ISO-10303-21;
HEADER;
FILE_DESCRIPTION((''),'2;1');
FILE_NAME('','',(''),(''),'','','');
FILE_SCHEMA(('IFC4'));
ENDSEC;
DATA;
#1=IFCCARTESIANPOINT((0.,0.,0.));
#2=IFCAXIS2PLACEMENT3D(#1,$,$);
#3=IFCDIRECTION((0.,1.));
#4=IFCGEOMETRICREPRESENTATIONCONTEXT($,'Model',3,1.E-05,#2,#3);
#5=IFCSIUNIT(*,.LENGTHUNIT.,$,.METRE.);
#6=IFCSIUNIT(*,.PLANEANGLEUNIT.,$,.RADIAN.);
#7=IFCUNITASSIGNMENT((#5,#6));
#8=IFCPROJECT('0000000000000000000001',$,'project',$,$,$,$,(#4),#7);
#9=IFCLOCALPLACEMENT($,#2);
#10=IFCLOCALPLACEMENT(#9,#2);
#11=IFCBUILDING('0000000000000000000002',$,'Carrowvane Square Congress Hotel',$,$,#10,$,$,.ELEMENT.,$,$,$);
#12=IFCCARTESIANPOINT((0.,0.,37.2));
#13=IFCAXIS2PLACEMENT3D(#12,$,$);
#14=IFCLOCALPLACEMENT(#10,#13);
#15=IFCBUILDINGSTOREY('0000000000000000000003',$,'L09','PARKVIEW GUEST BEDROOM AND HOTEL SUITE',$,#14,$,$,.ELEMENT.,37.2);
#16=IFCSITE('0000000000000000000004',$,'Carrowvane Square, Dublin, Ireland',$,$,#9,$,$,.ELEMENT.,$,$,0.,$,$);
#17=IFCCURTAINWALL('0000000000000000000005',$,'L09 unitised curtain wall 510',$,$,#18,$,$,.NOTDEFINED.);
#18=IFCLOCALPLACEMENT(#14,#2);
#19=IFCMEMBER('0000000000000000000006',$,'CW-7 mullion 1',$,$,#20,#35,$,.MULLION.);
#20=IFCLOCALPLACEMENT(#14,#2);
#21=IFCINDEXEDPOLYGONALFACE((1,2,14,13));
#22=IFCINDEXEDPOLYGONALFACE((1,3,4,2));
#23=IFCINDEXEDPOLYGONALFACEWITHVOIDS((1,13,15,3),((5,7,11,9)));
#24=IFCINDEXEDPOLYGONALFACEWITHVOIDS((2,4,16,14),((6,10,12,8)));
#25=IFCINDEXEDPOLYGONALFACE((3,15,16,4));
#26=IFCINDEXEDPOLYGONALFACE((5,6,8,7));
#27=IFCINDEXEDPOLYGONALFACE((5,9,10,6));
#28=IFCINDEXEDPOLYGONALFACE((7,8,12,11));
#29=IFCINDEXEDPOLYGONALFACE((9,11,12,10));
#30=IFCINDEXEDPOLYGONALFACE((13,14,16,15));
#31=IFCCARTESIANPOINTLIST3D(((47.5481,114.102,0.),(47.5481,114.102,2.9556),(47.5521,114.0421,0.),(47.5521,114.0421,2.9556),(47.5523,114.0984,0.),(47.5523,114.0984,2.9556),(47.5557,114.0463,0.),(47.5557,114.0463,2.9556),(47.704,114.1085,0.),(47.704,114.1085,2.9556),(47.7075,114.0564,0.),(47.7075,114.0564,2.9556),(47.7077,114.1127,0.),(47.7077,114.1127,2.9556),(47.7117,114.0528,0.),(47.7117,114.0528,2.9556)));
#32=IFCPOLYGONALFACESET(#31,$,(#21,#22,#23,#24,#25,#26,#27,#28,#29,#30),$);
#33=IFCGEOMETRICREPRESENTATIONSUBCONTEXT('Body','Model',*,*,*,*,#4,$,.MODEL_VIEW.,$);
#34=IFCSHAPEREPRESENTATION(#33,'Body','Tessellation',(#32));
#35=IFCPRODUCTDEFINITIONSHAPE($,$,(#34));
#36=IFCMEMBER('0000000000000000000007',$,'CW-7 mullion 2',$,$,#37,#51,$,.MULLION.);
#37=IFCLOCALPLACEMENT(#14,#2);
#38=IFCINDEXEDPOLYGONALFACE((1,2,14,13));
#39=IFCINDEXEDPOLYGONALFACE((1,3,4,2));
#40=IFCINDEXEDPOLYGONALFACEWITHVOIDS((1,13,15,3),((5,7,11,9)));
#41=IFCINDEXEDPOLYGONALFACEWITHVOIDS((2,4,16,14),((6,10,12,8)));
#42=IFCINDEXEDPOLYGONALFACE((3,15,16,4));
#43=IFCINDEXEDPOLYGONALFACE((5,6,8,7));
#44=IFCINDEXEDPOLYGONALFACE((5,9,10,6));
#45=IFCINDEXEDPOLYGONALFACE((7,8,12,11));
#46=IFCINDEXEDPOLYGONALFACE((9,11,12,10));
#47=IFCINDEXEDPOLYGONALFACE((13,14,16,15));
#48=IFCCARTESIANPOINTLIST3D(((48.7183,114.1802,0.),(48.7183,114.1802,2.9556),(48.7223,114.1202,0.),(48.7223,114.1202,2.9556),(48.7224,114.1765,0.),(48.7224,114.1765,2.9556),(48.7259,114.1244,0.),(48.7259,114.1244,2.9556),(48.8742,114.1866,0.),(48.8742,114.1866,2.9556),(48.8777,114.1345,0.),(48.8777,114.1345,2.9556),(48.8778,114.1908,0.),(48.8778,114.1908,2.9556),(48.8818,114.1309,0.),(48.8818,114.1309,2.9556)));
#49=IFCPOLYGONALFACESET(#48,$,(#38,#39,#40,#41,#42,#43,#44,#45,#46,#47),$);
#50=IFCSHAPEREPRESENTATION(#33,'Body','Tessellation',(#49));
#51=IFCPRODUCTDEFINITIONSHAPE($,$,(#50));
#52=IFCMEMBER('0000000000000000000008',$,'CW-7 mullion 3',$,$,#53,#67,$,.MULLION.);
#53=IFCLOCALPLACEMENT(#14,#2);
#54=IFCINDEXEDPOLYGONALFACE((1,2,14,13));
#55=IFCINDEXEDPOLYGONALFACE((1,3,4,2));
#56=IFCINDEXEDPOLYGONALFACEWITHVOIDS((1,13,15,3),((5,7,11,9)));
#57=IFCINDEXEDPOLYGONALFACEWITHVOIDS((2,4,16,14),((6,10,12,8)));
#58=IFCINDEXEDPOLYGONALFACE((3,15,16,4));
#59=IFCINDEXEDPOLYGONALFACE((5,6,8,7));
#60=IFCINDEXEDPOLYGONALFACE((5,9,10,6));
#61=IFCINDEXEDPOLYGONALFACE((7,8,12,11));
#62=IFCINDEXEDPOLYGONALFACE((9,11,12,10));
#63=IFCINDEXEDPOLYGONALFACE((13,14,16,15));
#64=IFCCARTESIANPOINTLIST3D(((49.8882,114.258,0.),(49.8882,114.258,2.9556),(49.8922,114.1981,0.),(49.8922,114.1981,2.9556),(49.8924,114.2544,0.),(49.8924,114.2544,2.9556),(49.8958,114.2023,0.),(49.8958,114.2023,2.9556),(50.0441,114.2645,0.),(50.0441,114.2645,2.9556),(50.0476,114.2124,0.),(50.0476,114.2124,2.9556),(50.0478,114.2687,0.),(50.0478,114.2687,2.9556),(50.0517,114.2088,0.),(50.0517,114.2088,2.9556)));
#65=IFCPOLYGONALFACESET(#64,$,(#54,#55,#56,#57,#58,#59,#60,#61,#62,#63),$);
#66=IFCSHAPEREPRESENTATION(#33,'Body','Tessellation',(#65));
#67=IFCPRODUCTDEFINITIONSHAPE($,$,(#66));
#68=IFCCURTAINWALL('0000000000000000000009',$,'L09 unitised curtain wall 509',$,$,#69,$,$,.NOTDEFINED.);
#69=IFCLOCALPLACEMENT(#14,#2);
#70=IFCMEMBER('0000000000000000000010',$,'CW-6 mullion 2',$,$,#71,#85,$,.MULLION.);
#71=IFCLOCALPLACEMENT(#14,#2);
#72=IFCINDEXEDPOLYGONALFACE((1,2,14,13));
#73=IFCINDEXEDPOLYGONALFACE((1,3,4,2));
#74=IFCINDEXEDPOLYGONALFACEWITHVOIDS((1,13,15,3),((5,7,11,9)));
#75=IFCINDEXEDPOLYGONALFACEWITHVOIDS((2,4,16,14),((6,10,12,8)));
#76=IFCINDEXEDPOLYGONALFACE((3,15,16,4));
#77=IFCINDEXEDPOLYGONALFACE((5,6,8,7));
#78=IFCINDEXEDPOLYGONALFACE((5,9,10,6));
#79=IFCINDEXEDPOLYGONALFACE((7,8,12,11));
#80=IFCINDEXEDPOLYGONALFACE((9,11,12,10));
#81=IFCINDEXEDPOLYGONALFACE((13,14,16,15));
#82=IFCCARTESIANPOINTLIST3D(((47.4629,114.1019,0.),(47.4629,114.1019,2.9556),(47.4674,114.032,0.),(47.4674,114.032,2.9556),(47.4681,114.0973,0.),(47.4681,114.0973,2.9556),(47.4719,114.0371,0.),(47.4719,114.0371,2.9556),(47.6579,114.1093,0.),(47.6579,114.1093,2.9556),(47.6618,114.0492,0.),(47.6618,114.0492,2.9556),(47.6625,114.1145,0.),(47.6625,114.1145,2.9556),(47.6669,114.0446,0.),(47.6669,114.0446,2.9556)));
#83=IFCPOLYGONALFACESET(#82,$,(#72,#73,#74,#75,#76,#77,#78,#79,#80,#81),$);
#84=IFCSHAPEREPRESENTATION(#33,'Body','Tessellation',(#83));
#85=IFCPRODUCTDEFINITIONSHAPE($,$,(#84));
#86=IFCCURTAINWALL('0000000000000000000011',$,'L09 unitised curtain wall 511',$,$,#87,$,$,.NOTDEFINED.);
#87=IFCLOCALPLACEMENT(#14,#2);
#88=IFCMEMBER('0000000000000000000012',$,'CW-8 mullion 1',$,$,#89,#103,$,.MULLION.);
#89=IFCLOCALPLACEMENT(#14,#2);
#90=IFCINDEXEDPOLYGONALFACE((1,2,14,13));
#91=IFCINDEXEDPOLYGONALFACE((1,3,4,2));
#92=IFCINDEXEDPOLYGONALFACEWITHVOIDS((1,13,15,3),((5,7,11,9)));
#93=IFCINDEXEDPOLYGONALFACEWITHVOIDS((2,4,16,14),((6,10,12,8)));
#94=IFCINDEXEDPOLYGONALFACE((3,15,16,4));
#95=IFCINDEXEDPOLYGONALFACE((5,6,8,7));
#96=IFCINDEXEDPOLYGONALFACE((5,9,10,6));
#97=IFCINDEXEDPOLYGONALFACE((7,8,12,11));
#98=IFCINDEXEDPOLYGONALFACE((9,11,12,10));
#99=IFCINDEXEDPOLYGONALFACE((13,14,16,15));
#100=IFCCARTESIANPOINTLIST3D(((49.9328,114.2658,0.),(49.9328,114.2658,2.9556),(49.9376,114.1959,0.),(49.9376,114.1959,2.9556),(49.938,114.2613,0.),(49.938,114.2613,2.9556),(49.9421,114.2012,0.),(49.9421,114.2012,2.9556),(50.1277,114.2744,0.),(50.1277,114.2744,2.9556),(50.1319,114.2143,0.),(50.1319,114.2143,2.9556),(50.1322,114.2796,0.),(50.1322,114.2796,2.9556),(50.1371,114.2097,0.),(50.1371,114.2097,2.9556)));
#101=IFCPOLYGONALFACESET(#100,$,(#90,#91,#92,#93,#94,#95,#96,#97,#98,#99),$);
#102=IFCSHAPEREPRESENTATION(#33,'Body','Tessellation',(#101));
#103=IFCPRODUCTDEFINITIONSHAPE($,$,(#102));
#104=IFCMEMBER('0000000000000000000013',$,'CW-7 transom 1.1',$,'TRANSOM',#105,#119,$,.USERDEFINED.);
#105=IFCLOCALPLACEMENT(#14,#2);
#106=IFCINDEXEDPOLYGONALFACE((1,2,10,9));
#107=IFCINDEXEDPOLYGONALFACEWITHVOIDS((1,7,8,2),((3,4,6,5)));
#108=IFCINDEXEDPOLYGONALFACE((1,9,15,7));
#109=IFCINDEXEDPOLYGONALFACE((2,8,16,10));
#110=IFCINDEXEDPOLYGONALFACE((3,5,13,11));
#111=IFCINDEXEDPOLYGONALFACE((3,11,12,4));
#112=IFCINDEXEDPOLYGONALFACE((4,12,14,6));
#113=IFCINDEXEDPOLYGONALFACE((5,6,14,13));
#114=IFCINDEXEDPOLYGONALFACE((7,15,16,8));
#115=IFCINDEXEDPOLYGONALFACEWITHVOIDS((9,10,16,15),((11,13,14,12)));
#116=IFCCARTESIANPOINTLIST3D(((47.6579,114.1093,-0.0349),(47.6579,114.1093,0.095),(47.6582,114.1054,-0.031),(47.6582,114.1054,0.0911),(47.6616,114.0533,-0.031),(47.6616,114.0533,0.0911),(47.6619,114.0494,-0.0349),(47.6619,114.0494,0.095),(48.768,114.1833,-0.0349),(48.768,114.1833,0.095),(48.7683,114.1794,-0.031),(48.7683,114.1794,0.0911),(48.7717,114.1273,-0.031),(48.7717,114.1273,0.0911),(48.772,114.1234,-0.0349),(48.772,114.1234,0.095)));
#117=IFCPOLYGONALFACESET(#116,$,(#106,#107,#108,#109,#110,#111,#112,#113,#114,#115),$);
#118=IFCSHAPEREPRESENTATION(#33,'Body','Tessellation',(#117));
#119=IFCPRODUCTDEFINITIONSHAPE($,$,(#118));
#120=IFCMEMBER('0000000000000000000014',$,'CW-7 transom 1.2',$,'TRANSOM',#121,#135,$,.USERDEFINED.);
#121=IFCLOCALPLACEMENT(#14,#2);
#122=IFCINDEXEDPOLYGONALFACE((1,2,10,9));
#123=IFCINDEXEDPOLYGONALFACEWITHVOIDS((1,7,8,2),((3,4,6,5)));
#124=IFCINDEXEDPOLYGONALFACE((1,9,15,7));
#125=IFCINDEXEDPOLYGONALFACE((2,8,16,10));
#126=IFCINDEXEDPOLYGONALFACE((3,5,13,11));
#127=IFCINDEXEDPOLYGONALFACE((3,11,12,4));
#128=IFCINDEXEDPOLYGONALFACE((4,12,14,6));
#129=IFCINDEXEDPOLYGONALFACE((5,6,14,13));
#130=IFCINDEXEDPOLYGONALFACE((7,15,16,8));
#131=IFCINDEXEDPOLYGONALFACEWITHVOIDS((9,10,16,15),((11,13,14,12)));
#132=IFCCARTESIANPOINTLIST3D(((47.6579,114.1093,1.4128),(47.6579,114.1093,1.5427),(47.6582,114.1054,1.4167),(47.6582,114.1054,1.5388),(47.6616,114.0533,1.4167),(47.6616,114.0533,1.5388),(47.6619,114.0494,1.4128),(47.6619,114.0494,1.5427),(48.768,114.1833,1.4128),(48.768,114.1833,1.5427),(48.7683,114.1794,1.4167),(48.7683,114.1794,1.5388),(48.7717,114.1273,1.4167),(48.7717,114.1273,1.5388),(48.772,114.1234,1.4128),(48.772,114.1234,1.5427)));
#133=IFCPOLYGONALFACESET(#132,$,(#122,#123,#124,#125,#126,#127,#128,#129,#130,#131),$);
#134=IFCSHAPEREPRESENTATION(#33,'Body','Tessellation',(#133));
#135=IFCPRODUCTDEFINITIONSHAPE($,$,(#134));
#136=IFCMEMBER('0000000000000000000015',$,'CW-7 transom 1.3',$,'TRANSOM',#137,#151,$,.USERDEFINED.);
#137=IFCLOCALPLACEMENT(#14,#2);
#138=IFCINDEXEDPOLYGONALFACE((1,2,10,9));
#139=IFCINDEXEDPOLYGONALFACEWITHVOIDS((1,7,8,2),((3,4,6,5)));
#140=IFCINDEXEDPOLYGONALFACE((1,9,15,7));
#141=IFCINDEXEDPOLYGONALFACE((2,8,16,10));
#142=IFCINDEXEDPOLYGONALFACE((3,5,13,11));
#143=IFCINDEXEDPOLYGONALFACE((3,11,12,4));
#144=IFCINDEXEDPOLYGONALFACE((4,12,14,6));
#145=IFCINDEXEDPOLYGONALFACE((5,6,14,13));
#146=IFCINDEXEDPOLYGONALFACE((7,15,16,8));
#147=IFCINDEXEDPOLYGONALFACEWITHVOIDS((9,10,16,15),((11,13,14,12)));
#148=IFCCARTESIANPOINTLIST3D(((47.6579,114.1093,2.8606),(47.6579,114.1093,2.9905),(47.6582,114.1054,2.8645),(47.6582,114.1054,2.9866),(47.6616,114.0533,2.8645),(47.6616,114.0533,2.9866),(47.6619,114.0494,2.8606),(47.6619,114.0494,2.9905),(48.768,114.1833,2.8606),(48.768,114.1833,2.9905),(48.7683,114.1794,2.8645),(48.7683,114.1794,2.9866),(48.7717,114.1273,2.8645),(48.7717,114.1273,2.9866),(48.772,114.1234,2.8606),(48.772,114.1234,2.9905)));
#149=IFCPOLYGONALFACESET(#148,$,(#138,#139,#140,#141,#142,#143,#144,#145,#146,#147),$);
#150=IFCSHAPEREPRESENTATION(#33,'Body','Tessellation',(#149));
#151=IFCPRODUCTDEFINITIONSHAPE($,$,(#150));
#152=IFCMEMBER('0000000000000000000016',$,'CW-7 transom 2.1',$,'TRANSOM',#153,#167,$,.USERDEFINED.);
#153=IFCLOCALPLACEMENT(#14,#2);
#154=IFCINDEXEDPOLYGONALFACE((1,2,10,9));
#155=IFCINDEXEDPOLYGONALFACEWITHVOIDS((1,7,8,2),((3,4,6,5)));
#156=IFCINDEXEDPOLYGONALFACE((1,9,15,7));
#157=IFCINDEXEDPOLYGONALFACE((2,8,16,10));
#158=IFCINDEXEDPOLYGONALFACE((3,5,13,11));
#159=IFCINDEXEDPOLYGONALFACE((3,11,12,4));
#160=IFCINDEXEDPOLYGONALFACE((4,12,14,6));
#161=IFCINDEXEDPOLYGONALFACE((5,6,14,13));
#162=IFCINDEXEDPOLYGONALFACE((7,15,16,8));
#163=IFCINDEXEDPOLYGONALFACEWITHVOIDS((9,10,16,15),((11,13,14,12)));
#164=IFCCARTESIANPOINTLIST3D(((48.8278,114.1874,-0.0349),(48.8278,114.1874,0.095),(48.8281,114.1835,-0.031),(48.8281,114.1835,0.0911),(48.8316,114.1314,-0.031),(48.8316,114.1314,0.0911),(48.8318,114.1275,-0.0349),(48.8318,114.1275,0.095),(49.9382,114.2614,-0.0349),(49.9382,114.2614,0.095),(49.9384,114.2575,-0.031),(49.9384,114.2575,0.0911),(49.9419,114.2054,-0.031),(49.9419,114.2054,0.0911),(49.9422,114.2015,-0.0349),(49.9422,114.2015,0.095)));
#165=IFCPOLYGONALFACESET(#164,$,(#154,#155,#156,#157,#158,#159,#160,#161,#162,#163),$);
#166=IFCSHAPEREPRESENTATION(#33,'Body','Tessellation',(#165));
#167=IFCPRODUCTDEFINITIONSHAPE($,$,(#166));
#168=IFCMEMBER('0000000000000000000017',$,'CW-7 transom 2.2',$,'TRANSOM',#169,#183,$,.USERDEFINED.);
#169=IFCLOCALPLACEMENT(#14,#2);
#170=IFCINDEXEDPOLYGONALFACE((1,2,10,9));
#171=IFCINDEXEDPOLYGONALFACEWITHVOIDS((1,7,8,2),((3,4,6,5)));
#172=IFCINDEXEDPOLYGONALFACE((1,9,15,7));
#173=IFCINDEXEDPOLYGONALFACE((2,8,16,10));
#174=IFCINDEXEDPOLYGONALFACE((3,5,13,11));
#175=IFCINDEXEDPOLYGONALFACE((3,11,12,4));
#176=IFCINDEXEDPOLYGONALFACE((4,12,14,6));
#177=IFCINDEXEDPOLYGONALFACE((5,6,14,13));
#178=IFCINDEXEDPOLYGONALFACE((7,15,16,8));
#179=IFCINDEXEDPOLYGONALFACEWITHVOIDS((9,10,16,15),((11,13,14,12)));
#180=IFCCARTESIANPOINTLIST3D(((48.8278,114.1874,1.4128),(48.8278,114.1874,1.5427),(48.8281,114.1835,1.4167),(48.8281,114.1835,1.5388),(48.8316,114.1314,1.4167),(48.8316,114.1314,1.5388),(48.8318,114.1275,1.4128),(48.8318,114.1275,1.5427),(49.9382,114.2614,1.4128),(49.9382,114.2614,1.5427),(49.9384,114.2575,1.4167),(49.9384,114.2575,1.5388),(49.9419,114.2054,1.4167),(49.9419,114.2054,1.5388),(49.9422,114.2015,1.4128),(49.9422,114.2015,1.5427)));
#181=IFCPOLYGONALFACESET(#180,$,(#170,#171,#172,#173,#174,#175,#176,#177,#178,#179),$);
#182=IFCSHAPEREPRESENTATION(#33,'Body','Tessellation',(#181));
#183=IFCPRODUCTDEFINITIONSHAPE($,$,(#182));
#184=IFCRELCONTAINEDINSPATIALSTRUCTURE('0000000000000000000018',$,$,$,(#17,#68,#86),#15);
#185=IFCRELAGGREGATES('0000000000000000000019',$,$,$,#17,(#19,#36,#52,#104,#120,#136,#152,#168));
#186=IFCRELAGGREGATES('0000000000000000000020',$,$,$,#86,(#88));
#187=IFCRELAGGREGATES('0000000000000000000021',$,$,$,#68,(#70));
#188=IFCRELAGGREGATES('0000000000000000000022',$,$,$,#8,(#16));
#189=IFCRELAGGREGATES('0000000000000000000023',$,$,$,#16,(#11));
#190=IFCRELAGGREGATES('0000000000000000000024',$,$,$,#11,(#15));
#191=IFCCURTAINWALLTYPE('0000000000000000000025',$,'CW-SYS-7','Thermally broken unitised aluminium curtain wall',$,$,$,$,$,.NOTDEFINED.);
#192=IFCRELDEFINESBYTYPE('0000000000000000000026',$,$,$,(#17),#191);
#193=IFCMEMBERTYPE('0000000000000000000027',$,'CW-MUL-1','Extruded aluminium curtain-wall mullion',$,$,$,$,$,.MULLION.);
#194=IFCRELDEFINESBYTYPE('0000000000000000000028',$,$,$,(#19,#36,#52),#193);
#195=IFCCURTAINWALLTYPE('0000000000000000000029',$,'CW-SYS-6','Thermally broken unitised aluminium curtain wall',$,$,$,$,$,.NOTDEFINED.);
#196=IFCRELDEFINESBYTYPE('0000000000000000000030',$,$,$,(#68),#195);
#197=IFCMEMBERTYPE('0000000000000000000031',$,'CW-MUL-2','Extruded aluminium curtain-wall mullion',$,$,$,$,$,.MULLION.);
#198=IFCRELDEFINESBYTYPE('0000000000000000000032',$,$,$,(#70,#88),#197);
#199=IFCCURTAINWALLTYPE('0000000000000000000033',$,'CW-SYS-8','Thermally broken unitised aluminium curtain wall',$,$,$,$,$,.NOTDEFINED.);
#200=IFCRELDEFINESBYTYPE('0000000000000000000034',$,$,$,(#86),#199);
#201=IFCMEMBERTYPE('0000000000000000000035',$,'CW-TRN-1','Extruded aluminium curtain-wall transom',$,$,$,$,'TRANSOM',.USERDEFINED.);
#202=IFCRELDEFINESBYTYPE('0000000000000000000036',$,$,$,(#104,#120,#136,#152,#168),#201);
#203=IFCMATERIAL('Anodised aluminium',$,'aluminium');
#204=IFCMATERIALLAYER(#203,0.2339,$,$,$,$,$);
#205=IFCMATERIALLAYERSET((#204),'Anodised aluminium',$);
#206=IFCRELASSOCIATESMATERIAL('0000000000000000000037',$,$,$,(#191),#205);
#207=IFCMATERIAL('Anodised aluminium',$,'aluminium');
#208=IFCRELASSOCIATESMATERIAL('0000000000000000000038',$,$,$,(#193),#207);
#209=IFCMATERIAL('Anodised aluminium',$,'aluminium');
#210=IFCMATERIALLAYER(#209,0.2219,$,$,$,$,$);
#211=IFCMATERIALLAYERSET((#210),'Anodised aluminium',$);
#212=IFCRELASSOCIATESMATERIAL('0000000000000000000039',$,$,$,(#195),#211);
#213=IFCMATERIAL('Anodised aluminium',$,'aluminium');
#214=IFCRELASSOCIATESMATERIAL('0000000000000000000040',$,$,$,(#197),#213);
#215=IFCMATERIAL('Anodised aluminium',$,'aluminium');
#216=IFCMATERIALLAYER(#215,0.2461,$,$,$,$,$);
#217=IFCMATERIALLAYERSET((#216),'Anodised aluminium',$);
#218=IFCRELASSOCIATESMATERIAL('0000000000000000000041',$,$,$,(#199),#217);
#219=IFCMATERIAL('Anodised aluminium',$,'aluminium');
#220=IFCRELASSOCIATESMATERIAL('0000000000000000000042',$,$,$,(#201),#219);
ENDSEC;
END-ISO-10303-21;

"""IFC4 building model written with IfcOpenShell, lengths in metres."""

from ifc_helpers import new_model, si_unit, direction, frame, origin, origin_2d, place, context, subcontext, project, spatial, hollow_rectangle, extrude, material, layer, layer_set, material_profile, profile_set, type_object, element, aggregate, save


model = new_model("IFC4")

# Units and contexts
model_context = context("Model", 3, precision=1e-05, world=origin(), true_north=direction((0.0, 1.0)))
body_context = subcontext(model_context, "Body", "Model", "MODEL_VIEW")
ifc_project = project(units=[si_unit("LENGTHUNIT", "METRE"), si_unit("PLANEANGLEUNIT", "RADIAN")], contexts=[model_context])

# Site, building, storey
site_placement = place(None, origin())
site = spatial("IfcSite", under=ifc_project, at=site_placement, Name="Carrowvane Square, Dublin, Ireland", CompositionType="ELEMENT", RefElevation=0.0)
building_placement = place(site_placement, origin())
building = spatial("IfcBuilding", under=site, at=building_placement, Name="Carrowvane Square Congress Hotel", CompositionType="ELEMENT")
storey_placement = place(building_placement, frame((0.0, 0.0, 37.2)))
storey = spatial("IfcBuildingStorey", under=building, at=storey_placement, Name="L09", Description="PARKVIEW GUEST BEDROOM AND HOTEL SUITE", CompositionType="ELEMENT", Elevation=37.2)

# Curtain wall, members
ifc_material_1 = material(Name="Anodised aluminium", Category="aluminium")
ifc_layer_1 = layer(ifc_material_1, 0.2339)
ifc_layer_set_1 = layer_set([ifc_layer_1], Name="Anodised aluminium")
curtain_wall_type_1 = type_object("IfcCurtainWallType", Name="CW-SYS-7", Description="Thermally broken unitised aluminium curtain wall", PredefinedType="NOTDEFINED", material=ifc_layer_set_1)
curtain_wall_1_placement = place(storey_placement, origin())
curtain_wall_1 = element("IfcCurtainWall", 1, at=curtain_wall_1_placement, inside=storey, type_object=curtain_wall_type_1, Name="L09 unitised curtain wall 510", PredefinedType="NOTDEFINED")
ifc_material_2 = material(Name="Anodised aluminium", Category="aluminium")
ifc_material_profile_1 = material_profile(ifc_material_2, hollow_rectangle(XDim=0.0601, YDim=0.1599, WallThickness=0.0039, at=origin_2d()), Name="CW-ML 60x160x4")
ifc_profile_set_1 = profile_set([ifc_material_profile_1], Name="Anodised aluminium")
member_type_1 = type_object("IfcMemberType", Name="CW-MUL-1", Description="Extruded aluminium curtain-wall mullion", PredefinedType="MULLION", material=ifc_profile_set_1)
member_1_placement = place(storey_placement, frame((47.6299, 114.0774, 0.0), z_axis=(0.0, 0.0, 1.0), x_axis=(-0.066578, 0.997781, 0.0)))
member_1 = element("IfcMember", 2, at=member_1_placement, type_object=member_type_1, Name="CW-7 mullion 1", PredefinedType="MULLION", context=body_context, shape_type="SweptSolid", body=[
    extrude(hollow_rectangle(XDim=0.0601, YDim=0.1599, WallThickness=0.0039, at=origin_2d()), origin(), (0.0, 0.0, 1.0), 2.9556),
])
member_2_placement = place(storey_placement, frame((48.8, 114.1555, 0.0), z_axis=(0.0, 0.0, 1.0), x_axis=(-0.066578, 0.997781, 0.0)))
member_2 = element("IfcMember", 3, at=member_2_placement, type_object=member_type_1, Name="CW-7 mullion 2", PredefinedType="MULLION", context=body_context, shape_type="SweptSolid", body=[
    extrude(hollow_rectangle(XDim=0.0601, YDim=0.1599, WallThickness=0.0039, at=origin_2d()), origin(), (0.0, 0.0, 1.0), 2.9556),
])
member_3_placement = place(storey_placement, frame((49.97, 114.2334, 0.0), z_axis=(0.0, 0.0, 1.0), x_axis=(-0.066578, 0.997781, 0.0)))
member_3 = element("IfcMember", 4, at=member_3_placement, type_object=member_type_1, Name="CW-7 mullion 3", PredefinedType="MULLION", context=body_context, shape_type="SweptSolid", body=[
    extrude(hollow_rectangle(XDim=0.0601, YDim=0.1599, WallThickness=0.0039, at=origin_2d()), origin(), (0.0, 0.0, 1.0), 2.9556),
])

# Curtain walls, members
ifc_material_3 = material(Name="Anodised aluminium", Category="aluminium")
ifc_layer_2 = layer(ifc_material_3, 0.2219)
ifc_layer_set_2 = layer_set([ifc_layer_2], Name="Anodised aluminium")
curtain_wall_type_2 = type_object("IfcCurtainWallType", Name="CW-SYS-6", Description="Thermally broken unitised aluminium curtain wall", PredefinedType="NOTDEFINED", material=ifc_layer_set_2)
curtain_wall_2_placement = place(storey_placement, origin())
curtain_wall_2 = element("IfcCurtainWall", 5, at=curtain_wall_2_placement, inside=storey, type_object=curtain_wall_type_2, Name="L09 unitised curtain wall 509", PredefinedType="NOTDEFINED")
ifc_material_4 = material(Name="Anodised aluminium", Category="aluminium")
ifc_material_profile_2 = material_profile(ifc_material_4, hollow_rectangle(XDim=0.0701, YDim=0.2, WallThickness=0.0049, at=origin_2d()), Name="CW-ML 70x200x5")
ifc_profile_set_2 = profile_set([ifc_material_profile_2], Name="Anodised aluminium")
member_type_2 = type_object("IfcMemberType", Name="CW-MUL-2", Description="Extruded aluminium curtain-wall mullion", PredefinedType="MULLION", material=ifc_profile_set_2)
member_4_placement = place(storey_placement, frame((47.5649, 114.0732, 0.0), z_axis=(0.0, 0.0, 1.0), x_axis=(-0.063273, 0.997996, 0.0)))
member_4 = element("IfcMember", 6, at=member_4_placement, type_object=member_type_2, Name="CW-6 mullion 2", PredefinedType="MULLION", context=body_context, shape_type="SweptSolid", body=[
    extrude(hollow_rectangle(XDim=0.0701, YDim=0.2, WallThickness=0.0049, at=origin_2d()), origin(), (0.0, 0.0, 1.0), 2.9556),
])
ifc_material_5 = material(Name="Anodised aluminium", Category="aluminium")
ifc_layer_3 = layer(ifc_material_5, 0.2461)
ifc_layer_set_3 = layer_set([ifc_layer_3], Name="Anodised aluminium")
curtain_wall_type_3 = type_object("IfcCurtainWallType", Name="CW-SYS-8", Description="Thermally broken unitised aluminium curtain wall", PredefinedType="NOTDEFINED", material=ifc_layer_set_3)
curtain_wall_3_placement = place(storey_placement, origin())
curtain_wall_3 = element("IfcCurtainWall", 7, at=curtain_wall_3_placement, inside=storey, type_object=curtain_wall_type_3, Name="L09 unitised curtain wall 511", PredefinedType="NOTDEFINED")
member_5_placement = place(storey_placement, frame((50.0349, 114.2378, 0.0), z_axis=(0.0, 0.0, 1.0), x_axis=(-0.068986, 0.997618, 0.0)))
member_5 = element("IfcMember", 8, at=member_5_placement, type_object=member_type_2, Name="CW-8 mullion 1", PredefinedType="MULLION", context=body_context, shape_type="SweptSolid", body=[
    extrude(hollow_rectangle(XDim=0.0701, YDim=0.2, WallThickness=0.0049, at=origin_2d()), origin(), (0.0, 0.0, 1.0), 2.9556),
])

# Members
ifc_material_6 = material(Name="Anodised aluminium", Category="aluminium")
ifc_material_profile_3 = material_profile(ifc_material_6, hollow_rectangle(XDim=0.0601, YDim=0.1299, WallThickness=0.0039, at=origin_2d()), Name="CW-TR 60x130x4")
ifc_profile_set_3 = profile_set([ifc_material_profile_3], Name="Anodised aluminium")
member_type_3 = type_object("IfcMemberType", Name="CW-TRN-1", Description="Extruded aluminium curtain-wall transom", ElementType="TRANSOM", PredefinedType="USERDEFINED", material=ifc_profile_set_3)
member_6_placement = place(storey_placement, frame((47.6599, 114.0793, 0.03), z_axis=(0.997787, 0.06649, 0.0), x_axis=(-0.06649, 0.997787, 0.0)))
member_6 = element("IfcMember", 9, at=member_6_placement, type_object=member_type_3, Name="CW-7 transom 1.1", ObjectType="TRANSOM", PredefinedType="USERDEFINED", context=body_context, shape_type="SweptSolid", body=[
    extrude(hollow_rectangle(XDim=0.0601, YDim=0.1299, WallThickness=0.0039, at=origin_2d()), origin(), (0.0, 0.0, 1.0), 1.1125),
])
member_7_placement = place(storey_placement, frame((47.6599, 114.0793, 1.4778), z_axis=(0.997787, 0.06649, 0.0), x_axis=(-0.06649, 0.997787, 0.0)))
member_7 = element("IfcMember", 10, at=member_7_placement, type_object=member_type_3, Name="CW-7 transom 1.2", ObjectType="TRANSOM", PredefinedType="USERDEFINED", context=body_context, shape_type="SweptSolid", body=[
    extrude(hollow_rectangle(XDim=0.0601, YDim=0.1299, WallThickness=0.0039, at=origin_2d()), origin(), (0.0, 0.0, 1.0), 1.1125),
])
member_8_placement = place(storey_placement, frame((47.6599, 114.0793, 2.9255), z_axis=(0.997787, 0.06649, 0.0), x_axis=(-0.06649, 0.997787, 0.0)))
member_8 = element("IfcMember", 11, at=member_8_placement, type_object=member_type_3, Name="CW-7 transom 1.3", ObjectType="TRANSOM", PredefinedType="USERDEFINED", context=body_context, shape_type="SweptSolid", body=[
    extrude(hollow_rectangle(XDim=0.0601, YDim=0.1299, WallThickness=0.0039, at=origin_2d()), origin(), (0.0, 0.0, 1.0), 1.1125),
])
member_9_placement = place(storey_placement, frame((48.8298, 114.1575, 0.03), z_axis=(0.997788, 0.066475, 0.0), x_axis=(-0.066475, 0.997788, 0.0)))
member_9 = element("IfcMember", 12, at=member_9_placement, type_object=member_type_3, Name="CW-7 transom 2.1", ObjectType="TRANSOM", PredefinedType="USERDEFINED", context=body_context, shape_type="SweptSolid", body=[
    extrude(hollow_rectangle(XDim=0.0601, YDim=0.1299, WallThickness=0.0039, at=origin_2d()), origin(), (0.0, 0.0, 1.0), 1.1128),
])
member_10_placement = place(storey_placement, frame((48.8298, 114.1575, 1.4778), z_axis=(0.997788, 0.066475, 0.0), x_axis=(-0.066475, 0.997788, 0.0)))
member_10 = element("IfcMember", 13, at=member_10_placement, type_object=member_type_3, Name="CW-7 transom 2.2", ObjectType="TRANSOM", PredefinedType="USERDEFINED", context=body_context, shape_type="SweptSolid", body=[
    extrude(hollow_rectangle(XDim=0.0601, YDim=0.1299, WallThickness=0.0039, at=origin_2d()), origin(), (0.0, 0.0, 1.0), 1.1128),
])

aggregate(curtain_wall_1, [member_1, member_2, member_3, member_6, member_7, member_8, member_9, member_10])
aggregate(curtain_wall_3, [member_5])
aggregate(curtain_wall_2, [member_4])

save(model, "model.ifc")
